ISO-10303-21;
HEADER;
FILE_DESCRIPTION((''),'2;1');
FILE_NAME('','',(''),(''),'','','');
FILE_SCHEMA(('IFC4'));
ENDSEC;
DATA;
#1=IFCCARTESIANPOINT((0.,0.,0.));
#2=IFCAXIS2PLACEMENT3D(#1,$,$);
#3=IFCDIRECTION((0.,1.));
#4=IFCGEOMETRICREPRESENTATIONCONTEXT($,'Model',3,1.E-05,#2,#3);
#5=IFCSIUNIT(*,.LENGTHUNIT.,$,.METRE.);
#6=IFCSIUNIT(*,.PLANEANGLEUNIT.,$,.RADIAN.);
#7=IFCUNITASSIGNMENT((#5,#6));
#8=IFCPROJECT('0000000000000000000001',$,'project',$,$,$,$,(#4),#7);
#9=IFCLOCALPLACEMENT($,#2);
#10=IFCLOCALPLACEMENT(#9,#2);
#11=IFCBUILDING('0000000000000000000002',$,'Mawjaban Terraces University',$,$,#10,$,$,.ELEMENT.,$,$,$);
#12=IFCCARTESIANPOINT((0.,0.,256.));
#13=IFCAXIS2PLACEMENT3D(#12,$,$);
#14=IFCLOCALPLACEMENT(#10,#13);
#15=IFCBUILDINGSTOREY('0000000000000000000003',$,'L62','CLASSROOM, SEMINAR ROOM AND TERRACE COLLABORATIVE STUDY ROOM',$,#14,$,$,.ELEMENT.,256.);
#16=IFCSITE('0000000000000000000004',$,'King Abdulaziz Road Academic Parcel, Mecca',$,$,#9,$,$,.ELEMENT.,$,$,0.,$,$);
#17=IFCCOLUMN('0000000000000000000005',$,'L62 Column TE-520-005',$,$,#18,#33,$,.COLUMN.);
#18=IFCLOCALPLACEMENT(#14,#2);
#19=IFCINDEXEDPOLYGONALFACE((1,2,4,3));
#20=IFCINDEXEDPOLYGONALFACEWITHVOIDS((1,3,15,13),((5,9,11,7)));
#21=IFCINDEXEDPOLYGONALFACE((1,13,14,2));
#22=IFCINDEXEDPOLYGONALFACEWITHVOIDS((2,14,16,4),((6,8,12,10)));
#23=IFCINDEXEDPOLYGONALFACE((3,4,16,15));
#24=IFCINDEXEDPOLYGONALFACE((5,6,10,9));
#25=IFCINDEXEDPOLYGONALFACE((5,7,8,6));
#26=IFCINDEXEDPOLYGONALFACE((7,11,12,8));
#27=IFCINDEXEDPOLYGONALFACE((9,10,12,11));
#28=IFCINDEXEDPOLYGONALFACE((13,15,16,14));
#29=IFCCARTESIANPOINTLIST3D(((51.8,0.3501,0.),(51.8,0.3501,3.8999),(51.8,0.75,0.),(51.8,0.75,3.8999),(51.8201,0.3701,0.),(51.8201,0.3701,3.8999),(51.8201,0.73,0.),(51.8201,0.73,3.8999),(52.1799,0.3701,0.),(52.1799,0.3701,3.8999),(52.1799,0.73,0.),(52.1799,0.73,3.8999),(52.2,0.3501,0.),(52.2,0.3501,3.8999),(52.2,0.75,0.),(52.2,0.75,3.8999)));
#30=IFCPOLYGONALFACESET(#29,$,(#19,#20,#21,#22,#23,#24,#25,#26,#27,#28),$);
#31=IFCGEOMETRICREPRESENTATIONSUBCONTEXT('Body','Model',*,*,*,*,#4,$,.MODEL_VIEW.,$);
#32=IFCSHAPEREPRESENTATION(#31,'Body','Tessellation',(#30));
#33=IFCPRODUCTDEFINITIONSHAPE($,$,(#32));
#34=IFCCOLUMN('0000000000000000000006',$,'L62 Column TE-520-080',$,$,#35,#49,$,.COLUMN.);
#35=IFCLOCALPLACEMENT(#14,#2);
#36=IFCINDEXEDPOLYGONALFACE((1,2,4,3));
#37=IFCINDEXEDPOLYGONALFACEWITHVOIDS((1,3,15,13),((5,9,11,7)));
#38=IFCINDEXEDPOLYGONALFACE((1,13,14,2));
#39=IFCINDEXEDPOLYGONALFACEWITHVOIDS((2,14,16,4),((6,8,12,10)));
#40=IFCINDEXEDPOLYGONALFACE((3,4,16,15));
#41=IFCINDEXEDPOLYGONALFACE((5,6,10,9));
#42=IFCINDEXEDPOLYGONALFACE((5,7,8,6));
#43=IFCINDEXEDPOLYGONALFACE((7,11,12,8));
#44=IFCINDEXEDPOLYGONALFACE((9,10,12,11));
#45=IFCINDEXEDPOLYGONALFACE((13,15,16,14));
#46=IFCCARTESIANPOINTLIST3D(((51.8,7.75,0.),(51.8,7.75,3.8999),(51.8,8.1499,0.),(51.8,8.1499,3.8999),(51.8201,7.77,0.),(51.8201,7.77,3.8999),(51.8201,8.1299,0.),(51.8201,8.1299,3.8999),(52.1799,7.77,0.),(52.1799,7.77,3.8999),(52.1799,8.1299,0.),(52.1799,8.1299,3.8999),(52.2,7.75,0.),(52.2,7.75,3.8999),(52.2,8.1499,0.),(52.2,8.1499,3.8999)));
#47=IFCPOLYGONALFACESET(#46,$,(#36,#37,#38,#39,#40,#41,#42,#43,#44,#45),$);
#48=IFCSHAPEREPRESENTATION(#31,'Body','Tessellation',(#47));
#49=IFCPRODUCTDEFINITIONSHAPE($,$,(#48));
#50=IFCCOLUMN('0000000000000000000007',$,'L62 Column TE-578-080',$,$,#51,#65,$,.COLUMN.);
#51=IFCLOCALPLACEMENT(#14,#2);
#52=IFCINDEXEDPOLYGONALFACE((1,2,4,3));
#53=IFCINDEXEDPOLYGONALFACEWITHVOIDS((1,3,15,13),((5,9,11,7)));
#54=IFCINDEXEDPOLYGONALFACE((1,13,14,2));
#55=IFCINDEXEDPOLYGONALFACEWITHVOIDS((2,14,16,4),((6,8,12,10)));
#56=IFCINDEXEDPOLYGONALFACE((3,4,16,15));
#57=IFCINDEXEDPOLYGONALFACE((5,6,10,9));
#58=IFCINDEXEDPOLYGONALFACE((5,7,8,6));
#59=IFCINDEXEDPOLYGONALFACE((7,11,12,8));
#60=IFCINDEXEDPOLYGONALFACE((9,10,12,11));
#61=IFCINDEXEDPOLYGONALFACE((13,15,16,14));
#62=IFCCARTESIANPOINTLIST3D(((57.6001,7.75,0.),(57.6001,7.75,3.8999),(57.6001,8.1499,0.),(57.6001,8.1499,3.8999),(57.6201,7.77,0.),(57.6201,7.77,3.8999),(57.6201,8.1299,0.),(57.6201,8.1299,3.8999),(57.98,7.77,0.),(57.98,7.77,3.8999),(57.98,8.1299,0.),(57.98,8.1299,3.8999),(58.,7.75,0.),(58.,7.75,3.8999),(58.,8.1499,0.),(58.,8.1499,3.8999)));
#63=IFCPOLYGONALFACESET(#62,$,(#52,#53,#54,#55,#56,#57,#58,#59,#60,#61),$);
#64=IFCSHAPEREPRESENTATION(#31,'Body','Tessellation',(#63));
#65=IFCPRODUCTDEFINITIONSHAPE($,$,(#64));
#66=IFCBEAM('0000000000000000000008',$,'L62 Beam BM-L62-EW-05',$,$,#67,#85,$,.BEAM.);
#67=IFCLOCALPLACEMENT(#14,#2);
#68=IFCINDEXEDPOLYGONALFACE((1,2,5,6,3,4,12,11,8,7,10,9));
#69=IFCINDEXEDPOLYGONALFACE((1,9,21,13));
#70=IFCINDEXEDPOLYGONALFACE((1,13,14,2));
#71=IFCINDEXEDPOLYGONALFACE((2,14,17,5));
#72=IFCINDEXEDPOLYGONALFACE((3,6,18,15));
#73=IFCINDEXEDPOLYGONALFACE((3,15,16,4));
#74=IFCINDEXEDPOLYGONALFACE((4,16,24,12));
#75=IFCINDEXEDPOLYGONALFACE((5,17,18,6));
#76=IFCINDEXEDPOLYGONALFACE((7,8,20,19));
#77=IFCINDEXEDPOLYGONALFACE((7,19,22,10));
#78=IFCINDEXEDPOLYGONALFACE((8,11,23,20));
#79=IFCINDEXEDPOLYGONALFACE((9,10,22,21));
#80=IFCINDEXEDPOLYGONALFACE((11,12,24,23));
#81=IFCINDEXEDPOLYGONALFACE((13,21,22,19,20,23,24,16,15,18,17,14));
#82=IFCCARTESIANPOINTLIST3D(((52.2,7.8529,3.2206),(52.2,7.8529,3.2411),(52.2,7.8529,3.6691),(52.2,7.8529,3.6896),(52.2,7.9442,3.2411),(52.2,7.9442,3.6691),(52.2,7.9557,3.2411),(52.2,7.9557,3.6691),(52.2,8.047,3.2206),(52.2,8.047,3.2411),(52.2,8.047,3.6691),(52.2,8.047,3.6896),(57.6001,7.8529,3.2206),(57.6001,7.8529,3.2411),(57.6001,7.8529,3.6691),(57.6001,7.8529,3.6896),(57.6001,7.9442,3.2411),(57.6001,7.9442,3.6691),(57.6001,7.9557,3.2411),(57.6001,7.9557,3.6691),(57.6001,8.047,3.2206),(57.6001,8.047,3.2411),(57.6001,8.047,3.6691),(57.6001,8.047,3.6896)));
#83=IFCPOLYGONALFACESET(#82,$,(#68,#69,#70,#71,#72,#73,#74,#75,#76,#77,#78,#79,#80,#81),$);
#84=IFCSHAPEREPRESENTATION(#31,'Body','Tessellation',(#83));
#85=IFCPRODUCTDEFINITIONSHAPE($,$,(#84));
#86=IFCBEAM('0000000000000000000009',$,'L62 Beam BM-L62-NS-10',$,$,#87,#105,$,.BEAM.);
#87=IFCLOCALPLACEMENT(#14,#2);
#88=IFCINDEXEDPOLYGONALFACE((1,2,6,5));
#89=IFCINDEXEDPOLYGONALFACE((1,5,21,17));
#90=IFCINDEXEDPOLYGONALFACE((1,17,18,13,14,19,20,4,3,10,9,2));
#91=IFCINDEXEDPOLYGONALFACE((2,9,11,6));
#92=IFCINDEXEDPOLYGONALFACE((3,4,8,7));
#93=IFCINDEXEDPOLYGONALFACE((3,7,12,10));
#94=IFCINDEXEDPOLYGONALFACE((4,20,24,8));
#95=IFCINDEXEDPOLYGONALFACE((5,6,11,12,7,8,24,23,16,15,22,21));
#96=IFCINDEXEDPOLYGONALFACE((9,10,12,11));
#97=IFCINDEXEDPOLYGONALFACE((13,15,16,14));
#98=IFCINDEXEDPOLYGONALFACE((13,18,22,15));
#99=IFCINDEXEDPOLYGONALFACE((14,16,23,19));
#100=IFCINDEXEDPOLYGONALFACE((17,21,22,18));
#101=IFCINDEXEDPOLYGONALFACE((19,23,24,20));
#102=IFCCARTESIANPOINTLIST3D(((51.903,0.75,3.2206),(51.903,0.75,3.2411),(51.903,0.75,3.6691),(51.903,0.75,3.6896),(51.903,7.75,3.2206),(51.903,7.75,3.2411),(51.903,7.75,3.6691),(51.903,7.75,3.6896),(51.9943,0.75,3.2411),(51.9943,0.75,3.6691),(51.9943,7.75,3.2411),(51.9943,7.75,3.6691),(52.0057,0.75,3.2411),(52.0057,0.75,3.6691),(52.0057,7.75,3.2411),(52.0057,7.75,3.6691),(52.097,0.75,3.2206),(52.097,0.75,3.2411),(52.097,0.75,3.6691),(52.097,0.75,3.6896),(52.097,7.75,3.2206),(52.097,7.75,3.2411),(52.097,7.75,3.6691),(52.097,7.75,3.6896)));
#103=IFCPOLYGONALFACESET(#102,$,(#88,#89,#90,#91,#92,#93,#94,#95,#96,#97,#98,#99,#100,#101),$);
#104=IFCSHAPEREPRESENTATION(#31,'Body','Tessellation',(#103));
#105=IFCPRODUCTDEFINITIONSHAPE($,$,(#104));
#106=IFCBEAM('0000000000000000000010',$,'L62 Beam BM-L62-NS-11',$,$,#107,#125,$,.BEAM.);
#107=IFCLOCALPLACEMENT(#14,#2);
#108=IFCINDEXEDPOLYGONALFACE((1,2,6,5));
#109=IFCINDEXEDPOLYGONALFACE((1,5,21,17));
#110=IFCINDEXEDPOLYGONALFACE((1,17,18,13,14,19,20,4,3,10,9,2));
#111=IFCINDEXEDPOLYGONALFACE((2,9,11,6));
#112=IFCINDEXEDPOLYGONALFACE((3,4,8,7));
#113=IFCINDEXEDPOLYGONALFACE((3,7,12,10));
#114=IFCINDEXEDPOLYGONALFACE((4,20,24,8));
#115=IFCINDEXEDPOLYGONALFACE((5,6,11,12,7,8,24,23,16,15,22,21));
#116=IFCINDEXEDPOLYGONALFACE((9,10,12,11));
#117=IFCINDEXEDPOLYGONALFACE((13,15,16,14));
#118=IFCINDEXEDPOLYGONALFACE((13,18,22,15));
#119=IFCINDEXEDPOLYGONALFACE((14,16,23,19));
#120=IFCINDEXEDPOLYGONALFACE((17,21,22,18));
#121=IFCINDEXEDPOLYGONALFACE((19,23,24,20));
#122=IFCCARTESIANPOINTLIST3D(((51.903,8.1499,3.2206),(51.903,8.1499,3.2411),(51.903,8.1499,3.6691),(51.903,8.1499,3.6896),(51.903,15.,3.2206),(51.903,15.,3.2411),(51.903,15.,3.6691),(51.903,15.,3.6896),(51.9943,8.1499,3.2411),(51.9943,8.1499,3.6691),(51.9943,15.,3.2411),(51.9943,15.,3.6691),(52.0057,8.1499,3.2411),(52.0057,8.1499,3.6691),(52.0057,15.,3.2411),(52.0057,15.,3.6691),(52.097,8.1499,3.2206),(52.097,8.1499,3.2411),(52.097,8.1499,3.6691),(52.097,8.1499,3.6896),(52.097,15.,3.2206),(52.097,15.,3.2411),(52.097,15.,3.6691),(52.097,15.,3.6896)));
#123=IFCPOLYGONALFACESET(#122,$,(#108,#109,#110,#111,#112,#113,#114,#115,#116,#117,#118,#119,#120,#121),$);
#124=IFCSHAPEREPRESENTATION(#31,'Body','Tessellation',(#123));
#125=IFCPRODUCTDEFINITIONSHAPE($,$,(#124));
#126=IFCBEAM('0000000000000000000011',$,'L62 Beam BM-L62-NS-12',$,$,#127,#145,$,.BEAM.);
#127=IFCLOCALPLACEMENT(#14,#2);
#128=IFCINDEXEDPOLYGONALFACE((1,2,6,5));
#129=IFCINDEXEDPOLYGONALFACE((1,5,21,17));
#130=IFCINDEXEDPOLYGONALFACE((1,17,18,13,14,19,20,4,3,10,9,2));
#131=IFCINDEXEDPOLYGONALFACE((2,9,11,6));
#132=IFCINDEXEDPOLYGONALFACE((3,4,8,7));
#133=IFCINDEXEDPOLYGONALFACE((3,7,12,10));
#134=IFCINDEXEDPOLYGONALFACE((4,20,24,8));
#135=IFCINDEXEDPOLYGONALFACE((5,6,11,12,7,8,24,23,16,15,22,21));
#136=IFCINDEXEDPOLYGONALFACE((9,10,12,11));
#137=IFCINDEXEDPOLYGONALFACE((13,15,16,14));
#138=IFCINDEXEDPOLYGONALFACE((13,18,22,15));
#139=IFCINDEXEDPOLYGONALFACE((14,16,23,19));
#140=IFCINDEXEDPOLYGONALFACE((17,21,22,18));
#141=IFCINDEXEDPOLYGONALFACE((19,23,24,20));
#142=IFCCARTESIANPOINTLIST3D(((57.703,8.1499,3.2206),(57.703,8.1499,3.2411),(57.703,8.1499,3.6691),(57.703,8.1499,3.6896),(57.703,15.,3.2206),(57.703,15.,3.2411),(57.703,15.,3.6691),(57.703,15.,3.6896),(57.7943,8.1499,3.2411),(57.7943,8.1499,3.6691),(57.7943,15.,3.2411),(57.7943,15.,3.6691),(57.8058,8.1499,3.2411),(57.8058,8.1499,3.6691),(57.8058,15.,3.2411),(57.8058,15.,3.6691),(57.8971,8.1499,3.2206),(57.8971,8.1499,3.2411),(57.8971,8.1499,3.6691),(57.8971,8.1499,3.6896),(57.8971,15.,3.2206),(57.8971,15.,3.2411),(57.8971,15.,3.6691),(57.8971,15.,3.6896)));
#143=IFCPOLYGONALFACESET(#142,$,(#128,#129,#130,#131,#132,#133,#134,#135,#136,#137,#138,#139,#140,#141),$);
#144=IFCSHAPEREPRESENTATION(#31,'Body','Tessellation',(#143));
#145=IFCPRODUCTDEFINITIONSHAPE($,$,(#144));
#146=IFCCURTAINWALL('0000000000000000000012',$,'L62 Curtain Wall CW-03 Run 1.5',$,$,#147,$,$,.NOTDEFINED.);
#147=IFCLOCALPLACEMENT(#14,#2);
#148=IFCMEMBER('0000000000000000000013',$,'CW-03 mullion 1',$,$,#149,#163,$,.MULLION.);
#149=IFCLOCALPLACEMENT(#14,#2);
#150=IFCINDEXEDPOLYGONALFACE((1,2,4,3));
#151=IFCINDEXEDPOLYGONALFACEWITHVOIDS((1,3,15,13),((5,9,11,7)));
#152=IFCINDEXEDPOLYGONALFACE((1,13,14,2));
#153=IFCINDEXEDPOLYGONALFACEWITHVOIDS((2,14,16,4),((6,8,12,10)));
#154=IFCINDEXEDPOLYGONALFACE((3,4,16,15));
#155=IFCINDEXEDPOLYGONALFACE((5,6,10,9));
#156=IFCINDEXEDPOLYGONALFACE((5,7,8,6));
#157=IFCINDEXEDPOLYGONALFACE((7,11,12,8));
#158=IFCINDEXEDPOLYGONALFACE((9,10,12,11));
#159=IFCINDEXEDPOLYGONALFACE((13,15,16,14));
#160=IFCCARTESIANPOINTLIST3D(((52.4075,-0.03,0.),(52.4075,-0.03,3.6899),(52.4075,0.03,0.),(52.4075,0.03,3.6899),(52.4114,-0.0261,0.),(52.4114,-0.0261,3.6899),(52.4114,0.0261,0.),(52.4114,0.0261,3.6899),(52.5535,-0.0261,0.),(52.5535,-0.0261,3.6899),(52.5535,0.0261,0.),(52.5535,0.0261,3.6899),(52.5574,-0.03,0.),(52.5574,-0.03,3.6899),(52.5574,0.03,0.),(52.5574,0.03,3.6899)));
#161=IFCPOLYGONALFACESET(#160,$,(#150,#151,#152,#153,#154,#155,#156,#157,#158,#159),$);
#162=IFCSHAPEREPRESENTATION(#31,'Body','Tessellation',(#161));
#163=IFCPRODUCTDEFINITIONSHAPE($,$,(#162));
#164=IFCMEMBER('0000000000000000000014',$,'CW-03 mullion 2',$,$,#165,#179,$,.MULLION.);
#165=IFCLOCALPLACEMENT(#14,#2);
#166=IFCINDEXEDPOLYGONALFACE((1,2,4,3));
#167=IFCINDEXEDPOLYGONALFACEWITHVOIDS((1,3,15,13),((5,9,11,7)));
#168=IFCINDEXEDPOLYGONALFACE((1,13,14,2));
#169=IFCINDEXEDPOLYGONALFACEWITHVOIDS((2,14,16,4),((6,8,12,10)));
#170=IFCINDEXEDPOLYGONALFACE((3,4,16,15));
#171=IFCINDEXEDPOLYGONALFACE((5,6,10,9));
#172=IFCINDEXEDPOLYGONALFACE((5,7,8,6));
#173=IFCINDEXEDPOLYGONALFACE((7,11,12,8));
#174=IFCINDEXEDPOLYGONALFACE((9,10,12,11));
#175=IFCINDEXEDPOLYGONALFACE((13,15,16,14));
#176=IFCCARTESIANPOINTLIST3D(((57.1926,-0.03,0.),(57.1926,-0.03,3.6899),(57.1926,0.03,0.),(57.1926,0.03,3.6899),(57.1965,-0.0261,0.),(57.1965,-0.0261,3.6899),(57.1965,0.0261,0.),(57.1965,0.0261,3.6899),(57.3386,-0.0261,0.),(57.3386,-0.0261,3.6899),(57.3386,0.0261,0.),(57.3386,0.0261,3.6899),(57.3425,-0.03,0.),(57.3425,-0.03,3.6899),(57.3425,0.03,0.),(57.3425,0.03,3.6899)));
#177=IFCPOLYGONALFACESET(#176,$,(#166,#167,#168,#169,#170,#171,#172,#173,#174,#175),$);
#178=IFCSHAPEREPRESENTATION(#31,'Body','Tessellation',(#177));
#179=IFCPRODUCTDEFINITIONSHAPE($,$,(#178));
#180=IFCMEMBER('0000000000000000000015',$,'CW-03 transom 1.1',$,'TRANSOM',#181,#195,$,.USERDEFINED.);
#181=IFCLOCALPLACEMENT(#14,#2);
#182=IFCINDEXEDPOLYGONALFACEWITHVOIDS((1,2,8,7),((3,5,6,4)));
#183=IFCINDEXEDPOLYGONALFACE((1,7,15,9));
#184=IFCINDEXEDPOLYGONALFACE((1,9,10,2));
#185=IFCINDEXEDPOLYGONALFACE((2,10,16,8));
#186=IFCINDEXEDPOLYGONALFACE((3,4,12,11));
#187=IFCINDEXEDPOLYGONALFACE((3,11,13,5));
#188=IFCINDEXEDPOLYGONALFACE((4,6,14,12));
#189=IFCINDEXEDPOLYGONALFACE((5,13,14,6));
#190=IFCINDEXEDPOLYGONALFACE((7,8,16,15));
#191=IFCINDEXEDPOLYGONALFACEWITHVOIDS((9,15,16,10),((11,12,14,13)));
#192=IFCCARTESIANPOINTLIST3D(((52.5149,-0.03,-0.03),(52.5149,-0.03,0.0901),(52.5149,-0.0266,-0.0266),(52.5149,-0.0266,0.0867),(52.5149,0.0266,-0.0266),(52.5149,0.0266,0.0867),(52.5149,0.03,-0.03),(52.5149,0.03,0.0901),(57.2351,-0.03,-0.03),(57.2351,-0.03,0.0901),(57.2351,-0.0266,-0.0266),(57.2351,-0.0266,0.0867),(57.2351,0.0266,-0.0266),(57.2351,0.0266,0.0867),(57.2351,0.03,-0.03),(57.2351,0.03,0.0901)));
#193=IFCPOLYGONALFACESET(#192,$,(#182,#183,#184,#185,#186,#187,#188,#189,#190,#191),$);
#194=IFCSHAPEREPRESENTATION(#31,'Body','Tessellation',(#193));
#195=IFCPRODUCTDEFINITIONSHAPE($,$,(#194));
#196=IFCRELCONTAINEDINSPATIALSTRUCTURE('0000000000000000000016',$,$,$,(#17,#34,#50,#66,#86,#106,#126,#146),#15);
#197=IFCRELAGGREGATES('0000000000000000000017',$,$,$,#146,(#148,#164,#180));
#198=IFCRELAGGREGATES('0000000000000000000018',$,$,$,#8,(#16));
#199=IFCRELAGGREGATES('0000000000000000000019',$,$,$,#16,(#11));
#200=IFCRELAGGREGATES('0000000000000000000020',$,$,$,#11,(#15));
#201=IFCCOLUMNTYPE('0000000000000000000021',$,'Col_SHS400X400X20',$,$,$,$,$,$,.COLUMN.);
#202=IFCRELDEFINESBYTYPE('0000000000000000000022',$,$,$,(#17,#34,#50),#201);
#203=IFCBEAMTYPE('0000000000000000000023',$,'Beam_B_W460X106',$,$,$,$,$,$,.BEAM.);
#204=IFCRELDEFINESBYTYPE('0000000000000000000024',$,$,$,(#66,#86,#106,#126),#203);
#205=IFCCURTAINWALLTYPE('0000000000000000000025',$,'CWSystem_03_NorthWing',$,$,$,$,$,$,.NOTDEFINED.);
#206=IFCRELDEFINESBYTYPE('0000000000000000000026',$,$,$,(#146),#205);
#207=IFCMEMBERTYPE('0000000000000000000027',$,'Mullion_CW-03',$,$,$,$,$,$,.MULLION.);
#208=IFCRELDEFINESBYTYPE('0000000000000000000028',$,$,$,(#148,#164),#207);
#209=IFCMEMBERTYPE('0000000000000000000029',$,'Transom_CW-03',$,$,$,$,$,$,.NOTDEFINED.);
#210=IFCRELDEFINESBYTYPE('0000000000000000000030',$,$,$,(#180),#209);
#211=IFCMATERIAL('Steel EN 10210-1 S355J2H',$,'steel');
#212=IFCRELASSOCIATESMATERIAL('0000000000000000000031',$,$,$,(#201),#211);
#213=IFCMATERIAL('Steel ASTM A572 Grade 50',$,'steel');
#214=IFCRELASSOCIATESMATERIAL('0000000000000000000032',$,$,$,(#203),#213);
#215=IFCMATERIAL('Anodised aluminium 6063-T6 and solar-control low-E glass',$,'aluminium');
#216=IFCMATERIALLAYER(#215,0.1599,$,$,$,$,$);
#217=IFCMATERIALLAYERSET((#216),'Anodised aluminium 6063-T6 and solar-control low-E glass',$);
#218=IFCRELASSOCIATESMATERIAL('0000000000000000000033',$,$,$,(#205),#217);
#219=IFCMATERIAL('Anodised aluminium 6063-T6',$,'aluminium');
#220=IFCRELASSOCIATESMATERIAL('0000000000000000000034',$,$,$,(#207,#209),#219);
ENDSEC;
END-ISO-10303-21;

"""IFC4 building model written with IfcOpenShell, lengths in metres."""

from ifc_helpers import new_model, si_unit, direction, frame, origin, origin_2d, place, context, subcontext, project, spatial, hollow_rectangle, i_section, extrude, material, layer, layer_set, material_profile, profile_set, type_object, element, aggregate, save


model = new_model("IFC4")

# Units and contexts
model_context = context("Model", 3, precision=1e-05, world=origin(), true_north=direction((0.0, 1.0)))
body_context = subcontext(model_context, "Body", "Model", "MODEL_VIEW")
ifc_project = project(units=[si_unit("LENGTHUNIT", "METRE"), si_unit("PLANEANGLEUNIT", "RADIAN")], contexts=[model_context])

# Site, building, storey
site_placement = place(None, origin())
site = spatial("IfcSite", under=ifc_project, at=site_placement, Name="King Abdulaziz Road Academic Parcel, Mecca", CompositionType="ELEMENT", RefElevation=0.0)
building_placement = place(site_placement, origin())
building = spatial("IfcBuilding", under=site, at=building_placement, Name="Mawjaban Terraces University", CompositionType="ELEMENT")
storey_placement = place(building_placement, frame((0.0, 0.0, 256.0)))
storey = spatial("IfcBuildingStorey", under=building, at=storey_placement, Name="L62", Description="CLASSROOM, SEMINAR ROOM AND TERRACE COLLABORATIVE STUDY ROOM", CompositionType="ELEMENT", Elevation=256.0)

# Columns
ifc_material_1 = material(Name="Steel EN 10210-1 S355J2H", Category="steel")
ifc_material_profile_1 = material_profile(ifc_material_1, hollow_rectangle(XDim=0.3999, YDim=0.3999, WallThickness=0.02, at=origin_2d()), Name="SHS400X400X20")
ifc_profile_set_1 = profile_set([ifc_material_profile_1], Name="Steel EN 10210-1 S355J2H")
column_type = type_object("IfcColumnType", Name="Col_SHS400X400X20", PredefinedType="COLUMN", material=ifc_profile_set_1)
for number, where, z_axis, x_axis, name in (
    (1, (52.0, 0.55, 0.0), (0.0, 0.0, 1.0), (1.0, 0.0, 0.0), "L62 Column TE-520-005"),
    (2, (52.0, 7.95, 0.0), (0.0, 0.0, 1.0), (1.0, 0.0, 0.0), "L62 Column TE-520-080"),
    (3, (57.8, 7.95, 0.0), (0.0, 0.0, 1.0), (1.0, 0.0, 0.0), "L62 Column TE-578-080"),
):
    element("IfcColumn", number, at=place(storey_placement, frame(where, z_axis=z_axis, x_axis=x_axis)), inside=storey, type_object=column_type, Name=name, PredefinedType="COLUMN", context=body_context, shape_type="SweptSolid", body=[
        extrude(hollow_rectangle(XDim=0.3999, YDim=0.3999, WallThickness=0.02, at=origin_2d()), origin(), (0.0, 0.0, 1.0), 3.8999),
    ])

# Beams
ifc_material_2 = material(Name="Steel ASTM A572 Grade 50", Category="steel")
ifc_material_profile_2 = material_profile(ifc_material_2, i_section(OverallWidth=0.1941, OverallDepth=0.469, WebThickness=0.0115, FlangeThickness=0.0205, at=origin_2d()), Name="W460X106")
ifc_profile_set_2 = profile_set([ifc_material_profile_2], Name="Steel ASTM A572 Grade 50")
beam_type = type_object("IfcBeamType", Name="Beam_B_W460X106", PredefinedType="BEAM", material=ifc_profile_set_2)
beam_1_placement = place(storey_placement, frame((52.2, 7.95, 3.4551), z_axis=(1.0, 0.0, 0.0), x_axis=(0.0, 1.0, 0.0)))
element("IfcBeam", 4, at=beam_1_placement, inside=storey, type_object=beam_type, Name="L62 Beam BM-L62-EW-05", PredefinedType="BEAM", context=body_context, shape_type="SweptSolid", body=[
    extrude(i_section(OverallWidth=0.1941, OverallDepth=0.469, WebThickness=0.0115, FlangeThickness=0.0205, at=origin_2d()), origin(), (0.0, 0.0, 1.0), 5.4001),
])
beam_2_placement = place(storey_placement, frame((52.0, 0.75, 3.4551), z_axis=(0.0, 1.0, 0.0), x_axis=(-1.0, 0.0, 0.0)))
element("IfcBeam", 5, at=beam_2_placement, inside=storey, type_object=beam_type, Name="L62 Beam BM-L62-NS-10", PredefinedType="BEAM", context=body_context, shape_type="SweptSolid", body=[
    extrude(i_section(OverallWidth=0.1941, OverallDepth=0.469, WebThickness=0.0115, FlangeThickness=0.0205, at=origin_2d()), origin(), (0.0, 0.0, 1.0), 7.0),
])
for number, where, z_axis, x_axis, name in (
    (6, (52.0, 8.1499, 3.4551), (0.0, 1.0, 0.0), (-1.0, 0.0, 0.0), "L62 Beam BM-L62-NS-11"),
    (7, (57.8, 8.1499, 3.4551), (0.0, 1.0, 0.0), (-1.0, 0.0, 0.0), "L62 Beam BM-L62-NS-12"),
):
    element("IfcBeam", number, at=place(storey_placement, frame(where, z_axis=z_axis, x_axis=x_axis)), inside=storey, type_object=beam_type, Name=name, PredefinedType="BEAM", context=body_context, shape_type="SweptSolid", body=[
        extrude(i_section(OverallWidth=0.1941, OverallDepth=0.469, WebThickness=0.0115, FlangeThickness=0.0205, at=origin_2d()), origin(), (0.0, 0.0, 1.0), 6.8501),
    ])

# Curtain wall, members
ifc_material_3 = material(Name="Anodised aluminium 6063-T6 and solar-control low-E glass", Category="aluminium")
ifc_layer_1 = layer(ifc_material_3, 0.1599)
ifc_layer_set_1 = layer_set([ifc_layer_1], Name="Anodised aluminium 6063-T6 and solar-control low-E glass")
curtain_wall_type = type_object("IfcCurtainWallType", Name="CWSystem_03_NorthWing", PredefinedType="NOTDEFINED", material=ifc_layer_set_1)
curtain_wall_placement = place(storey_placement, origin())
curtain_wall = element("IfcCurtainWall", 8, at=curtain_wall_placement, inside=storey, type_object=curtain_wall_type, Name="L62 Curtain Wall CW-03 Run 1.5", PredefinedType="NOTDEFINED")
ifc_material_4 = material(Name="Anodised aluminium 6063-T6", Category="aluminium")
ifc_material_profile_3 = material_profile(ifc_material_4, hollow_rectangle(XDim=0.0601, YDim=0.1499, WallThickness=0.0039, at=origin_2d()), Name="ALU150X60X4")
ifc_profile_set_3 = profile_set([ifc_material_profile_3], Name="Anodised aluminium 6063-T6")
member_type_1 = type_object("IfcMemberType", Name="Mullion_CW-03", PredefinedType="MULLION", material=ifc_profile_set_3)
member_1_placement = place(storey_placement, frame((52.4824, 0.0, 0.0), z_axis=(0.0, 0.0, 1.0), x_axis=(0.0, 1.0, 0.0)))
member_1 = element("IfcMember", 9, at=member_1_placement, type_object=member_type_1, Name="CW-03 mullion 1", PredefinedType="MULLION", context=body_context, shape_type="SweptSolid", body=[
    extrude(hollow_rectangle(XDim=0.0601, YDim=0.1499, WallThickness=0.0039, at=origin_2d()), origin(), (0.0, 0.0, 1.0), 3.6899),
])
member_2_placement = place(storey_placement, frame((57.2676, 0.0, 0.0), z_axis=(0.0, 0.0, 1.0), x_axis=(0.0, 1.0, 0.0)))
member_2 = element("IfcMember", 10, at=member_2_placement, type_object=member_type_1, Name="CW-03 mullion 2", PredefinedType="MULLION", context=body_context, shape_type="SweptSolid", body=[
    extrude(hollow_rectangle(XDim=0.0601, YDim=0.1499, WallThickness=0.0039, at=origin_2d()), origin(), (0.0, 0.0, 1.0), 3.6899),
])
ifc_material_profile_4 = material_profile(ifc_material_4, hollow_rectangle(XDim=0.0601, YDim=0.1201, WallThickness=0.0034, at=origin_2d()), Name="ALU120X60X3.5")
ifc_profile_set_4 = profile_set([ifc_material_profile_4], Name="Anodised aluminium 6063-T6")
member_type_2 = type_object("IfcMemberType", Name="Transom_CW-03", PredefinedType="NOTDEFINED", material=ifc_profile_set_4)
member_3_placement = place(storey_placement, frame((52.5149, 0.0, 0.03), z_axis=(1.0, 0.0, 0.0), x_axis=(0.0, 1.0, 0.0)))
member_3 = element("IfcMember", 11, at=member_3_placement, type_object=member_type_2, Name="CW-03 transom 1.1", ObjectType="TRANSOM", PredefinedType="USERDEFINED", context=body_context, shape_type="SweptSolid", body=[
    extrude(hollow_rectangle(XDim=0.0601, YDim=0.1201, WallThickness=0.0034, at=origin_2d()), origin(), (0.0, 0.0, 1.0), 4.7202),
])
aggregate(curtain_wall, [member_1, member_2, member_3])

save(model, "model.ifc")
